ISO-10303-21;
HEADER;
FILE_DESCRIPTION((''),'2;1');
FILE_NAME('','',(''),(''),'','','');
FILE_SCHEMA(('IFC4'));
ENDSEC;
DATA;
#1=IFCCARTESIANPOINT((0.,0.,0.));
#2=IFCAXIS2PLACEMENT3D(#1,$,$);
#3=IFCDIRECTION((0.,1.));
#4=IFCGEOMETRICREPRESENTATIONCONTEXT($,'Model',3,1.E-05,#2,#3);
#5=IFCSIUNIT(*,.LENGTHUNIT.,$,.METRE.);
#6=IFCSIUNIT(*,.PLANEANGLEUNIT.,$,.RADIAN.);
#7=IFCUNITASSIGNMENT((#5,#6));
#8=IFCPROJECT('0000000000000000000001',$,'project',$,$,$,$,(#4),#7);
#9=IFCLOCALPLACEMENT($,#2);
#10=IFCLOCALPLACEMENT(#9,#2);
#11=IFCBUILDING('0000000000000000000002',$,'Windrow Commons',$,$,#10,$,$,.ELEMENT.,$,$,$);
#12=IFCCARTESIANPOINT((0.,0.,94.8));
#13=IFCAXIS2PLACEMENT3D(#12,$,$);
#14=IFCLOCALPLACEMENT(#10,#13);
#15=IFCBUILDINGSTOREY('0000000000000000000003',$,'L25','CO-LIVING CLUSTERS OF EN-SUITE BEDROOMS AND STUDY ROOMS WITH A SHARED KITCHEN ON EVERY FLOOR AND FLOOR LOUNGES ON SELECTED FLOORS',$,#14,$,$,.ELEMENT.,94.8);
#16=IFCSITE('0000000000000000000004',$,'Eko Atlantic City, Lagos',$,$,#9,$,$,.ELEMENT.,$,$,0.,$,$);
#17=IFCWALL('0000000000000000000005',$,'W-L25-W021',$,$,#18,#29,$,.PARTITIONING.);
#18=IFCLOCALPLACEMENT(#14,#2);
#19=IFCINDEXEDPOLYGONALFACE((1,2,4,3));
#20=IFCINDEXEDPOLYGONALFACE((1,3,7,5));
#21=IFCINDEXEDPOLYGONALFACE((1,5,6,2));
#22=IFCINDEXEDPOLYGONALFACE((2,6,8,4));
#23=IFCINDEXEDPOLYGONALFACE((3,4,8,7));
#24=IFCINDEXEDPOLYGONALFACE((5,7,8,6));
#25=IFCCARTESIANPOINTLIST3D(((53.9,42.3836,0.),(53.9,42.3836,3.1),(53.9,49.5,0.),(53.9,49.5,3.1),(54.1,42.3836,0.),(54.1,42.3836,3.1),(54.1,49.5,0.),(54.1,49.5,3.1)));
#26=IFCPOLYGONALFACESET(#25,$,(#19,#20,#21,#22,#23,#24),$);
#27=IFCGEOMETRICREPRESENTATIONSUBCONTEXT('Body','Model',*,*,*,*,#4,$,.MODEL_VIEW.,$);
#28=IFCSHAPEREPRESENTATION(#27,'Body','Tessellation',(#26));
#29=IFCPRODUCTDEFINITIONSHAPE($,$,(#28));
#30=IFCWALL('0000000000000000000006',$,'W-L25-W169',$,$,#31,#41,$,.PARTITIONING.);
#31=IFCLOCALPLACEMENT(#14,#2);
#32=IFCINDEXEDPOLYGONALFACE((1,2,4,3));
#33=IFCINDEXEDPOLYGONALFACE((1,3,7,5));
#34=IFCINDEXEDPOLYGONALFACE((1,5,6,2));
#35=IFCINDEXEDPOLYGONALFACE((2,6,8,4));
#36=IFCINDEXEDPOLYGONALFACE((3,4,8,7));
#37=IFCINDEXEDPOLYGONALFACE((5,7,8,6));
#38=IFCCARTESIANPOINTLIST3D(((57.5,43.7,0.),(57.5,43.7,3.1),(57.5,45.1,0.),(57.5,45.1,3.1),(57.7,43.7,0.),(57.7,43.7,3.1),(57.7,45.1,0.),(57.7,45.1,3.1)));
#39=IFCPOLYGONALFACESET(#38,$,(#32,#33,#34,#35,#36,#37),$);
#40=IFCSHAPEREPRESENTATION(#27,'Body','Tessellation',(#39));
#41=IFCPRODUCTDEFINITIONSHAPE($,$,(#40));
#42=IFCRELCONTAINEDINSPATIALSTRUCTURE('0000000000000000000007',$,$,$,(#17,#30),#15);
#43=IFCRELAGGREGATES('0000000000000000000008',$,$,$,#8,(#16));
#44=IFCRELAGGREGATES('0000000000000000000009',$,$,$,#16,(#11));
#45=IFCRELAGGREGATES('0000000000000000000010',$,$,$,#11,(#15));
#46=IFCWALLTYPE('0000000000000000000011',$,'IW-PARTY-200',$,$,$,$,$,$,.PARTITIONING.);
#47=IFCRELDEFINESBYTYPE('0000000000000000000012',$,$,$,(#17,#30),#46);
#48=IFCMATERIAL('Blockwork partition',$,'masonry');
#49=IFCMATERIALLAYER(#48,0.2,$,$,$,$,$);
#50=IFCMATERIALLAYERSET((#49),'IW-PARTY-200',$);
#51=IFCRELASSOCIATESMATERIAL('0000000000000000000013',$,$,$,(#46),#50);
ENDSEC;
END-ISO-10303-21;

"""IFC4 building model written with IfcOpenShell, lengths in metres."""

from ifc_helpers import new_model, si_unit, direction, frame, frame_2d, origin, place, context, subcontext, project, spatial, rectangle, extrude, material, layer, layer_set, type_object, element, save


model = new_model("IFC4")

# Units and contexts
model_context = context("Model", 3, precision=1e-05, world=origin(), true_north=direction((0.0, 1.0)))
body_context = subcontext(model_context, "Body", "Model", "MODEL_VIEW")
ifc_project = project(units=[si_unit("LENGTHUNIT", "METRE"), si_unit("PLANEANGLEUNIT", "RADIAN")], contexts=[model_context])

# Site, building, storey
site_placement = place(None, origin())
site = spatial("IfcSite", under=ifc_project, at=site_placement, Name="Eko Atlantic City, Lagos", CompositionType="ELEMENT", RefElevation=0.0)
building_placement = place(site_placement, origin())
building = spatial("IfcBuilding", under=site, at=building_placement, Name="Windrow Commons", CompositionType="ELEMENT")
storey_placement = place(building_placement, frame((0.0, 0.0, 94.8)))
storey = spatial("IfcBuildingStorey", under=building, at=storey_placement, Name="L25", Description="CO-LIVING CLUSTERS OF EN-SUITE BEDROOMS AND STUDY ROOMS WITH A SHARED KITCHEN ON EVERY FLOOR AND FLOOR LOUNGES ON SELECTED FLOORS", CompositionType="ELEMENT", Elevation=94.8)

# Walls
ifc_material_1 = material(Name="Blockwork partition", Category="masonry")
ifc_layer_1 = layer(ifc_material_1, 0.2)
ifc_layer_set_1 = layer_set([ifc_layer_1], Name="IW-PARTY-200")
wall_type_1 = type_object("IfcWallType", Name="IW-PARTY-200", PredefinedType="PARTITIONING", material=ifc_layer_set_1)
wall_1_placement = place(storey_placement, frame((54.0, 42.3837, 0.0), z_axis=(0.0, 0.0, 1.0), x_axis=(0.0, 1.0, 0.0)))
element("IfcWall", 1, at=wall_1_placement, inside=storey, type_object=wall_type_1, Name="W-L25-W021", PredefinedType="PARTITIONING", context=body_context, shape_type="SweptSolid", body=[
    extrude(rectangle(XDim=7.1163, YDim=0.2, at=frame_2d((3.5581, 0.0))), origin(), (0.0, 0.0, 1.0), 3.1),
])
wall_2_placement = place(storey_placement, frame((57.6, 43.7, 0.0), z_axis=(0.0, 0.0, 1.0), x_axis=(0.0, 1.0, 0.0)))
element("IfcWall", 2, at=wall_2_placement, inside=storey, type_object=wall_type_1, Name="W-L25-W169", PredefinedType="PARTITIONING", context=body_context, shape_type="SweptSolid", body=[
    extrude(rectangle(XDim=1.4, YDim=0.2, at=frame_2d((0.7, 0.0))), origin(), (0.0, 0.0, 1.0), 3.1),
])

save(model, "model.ifc")
